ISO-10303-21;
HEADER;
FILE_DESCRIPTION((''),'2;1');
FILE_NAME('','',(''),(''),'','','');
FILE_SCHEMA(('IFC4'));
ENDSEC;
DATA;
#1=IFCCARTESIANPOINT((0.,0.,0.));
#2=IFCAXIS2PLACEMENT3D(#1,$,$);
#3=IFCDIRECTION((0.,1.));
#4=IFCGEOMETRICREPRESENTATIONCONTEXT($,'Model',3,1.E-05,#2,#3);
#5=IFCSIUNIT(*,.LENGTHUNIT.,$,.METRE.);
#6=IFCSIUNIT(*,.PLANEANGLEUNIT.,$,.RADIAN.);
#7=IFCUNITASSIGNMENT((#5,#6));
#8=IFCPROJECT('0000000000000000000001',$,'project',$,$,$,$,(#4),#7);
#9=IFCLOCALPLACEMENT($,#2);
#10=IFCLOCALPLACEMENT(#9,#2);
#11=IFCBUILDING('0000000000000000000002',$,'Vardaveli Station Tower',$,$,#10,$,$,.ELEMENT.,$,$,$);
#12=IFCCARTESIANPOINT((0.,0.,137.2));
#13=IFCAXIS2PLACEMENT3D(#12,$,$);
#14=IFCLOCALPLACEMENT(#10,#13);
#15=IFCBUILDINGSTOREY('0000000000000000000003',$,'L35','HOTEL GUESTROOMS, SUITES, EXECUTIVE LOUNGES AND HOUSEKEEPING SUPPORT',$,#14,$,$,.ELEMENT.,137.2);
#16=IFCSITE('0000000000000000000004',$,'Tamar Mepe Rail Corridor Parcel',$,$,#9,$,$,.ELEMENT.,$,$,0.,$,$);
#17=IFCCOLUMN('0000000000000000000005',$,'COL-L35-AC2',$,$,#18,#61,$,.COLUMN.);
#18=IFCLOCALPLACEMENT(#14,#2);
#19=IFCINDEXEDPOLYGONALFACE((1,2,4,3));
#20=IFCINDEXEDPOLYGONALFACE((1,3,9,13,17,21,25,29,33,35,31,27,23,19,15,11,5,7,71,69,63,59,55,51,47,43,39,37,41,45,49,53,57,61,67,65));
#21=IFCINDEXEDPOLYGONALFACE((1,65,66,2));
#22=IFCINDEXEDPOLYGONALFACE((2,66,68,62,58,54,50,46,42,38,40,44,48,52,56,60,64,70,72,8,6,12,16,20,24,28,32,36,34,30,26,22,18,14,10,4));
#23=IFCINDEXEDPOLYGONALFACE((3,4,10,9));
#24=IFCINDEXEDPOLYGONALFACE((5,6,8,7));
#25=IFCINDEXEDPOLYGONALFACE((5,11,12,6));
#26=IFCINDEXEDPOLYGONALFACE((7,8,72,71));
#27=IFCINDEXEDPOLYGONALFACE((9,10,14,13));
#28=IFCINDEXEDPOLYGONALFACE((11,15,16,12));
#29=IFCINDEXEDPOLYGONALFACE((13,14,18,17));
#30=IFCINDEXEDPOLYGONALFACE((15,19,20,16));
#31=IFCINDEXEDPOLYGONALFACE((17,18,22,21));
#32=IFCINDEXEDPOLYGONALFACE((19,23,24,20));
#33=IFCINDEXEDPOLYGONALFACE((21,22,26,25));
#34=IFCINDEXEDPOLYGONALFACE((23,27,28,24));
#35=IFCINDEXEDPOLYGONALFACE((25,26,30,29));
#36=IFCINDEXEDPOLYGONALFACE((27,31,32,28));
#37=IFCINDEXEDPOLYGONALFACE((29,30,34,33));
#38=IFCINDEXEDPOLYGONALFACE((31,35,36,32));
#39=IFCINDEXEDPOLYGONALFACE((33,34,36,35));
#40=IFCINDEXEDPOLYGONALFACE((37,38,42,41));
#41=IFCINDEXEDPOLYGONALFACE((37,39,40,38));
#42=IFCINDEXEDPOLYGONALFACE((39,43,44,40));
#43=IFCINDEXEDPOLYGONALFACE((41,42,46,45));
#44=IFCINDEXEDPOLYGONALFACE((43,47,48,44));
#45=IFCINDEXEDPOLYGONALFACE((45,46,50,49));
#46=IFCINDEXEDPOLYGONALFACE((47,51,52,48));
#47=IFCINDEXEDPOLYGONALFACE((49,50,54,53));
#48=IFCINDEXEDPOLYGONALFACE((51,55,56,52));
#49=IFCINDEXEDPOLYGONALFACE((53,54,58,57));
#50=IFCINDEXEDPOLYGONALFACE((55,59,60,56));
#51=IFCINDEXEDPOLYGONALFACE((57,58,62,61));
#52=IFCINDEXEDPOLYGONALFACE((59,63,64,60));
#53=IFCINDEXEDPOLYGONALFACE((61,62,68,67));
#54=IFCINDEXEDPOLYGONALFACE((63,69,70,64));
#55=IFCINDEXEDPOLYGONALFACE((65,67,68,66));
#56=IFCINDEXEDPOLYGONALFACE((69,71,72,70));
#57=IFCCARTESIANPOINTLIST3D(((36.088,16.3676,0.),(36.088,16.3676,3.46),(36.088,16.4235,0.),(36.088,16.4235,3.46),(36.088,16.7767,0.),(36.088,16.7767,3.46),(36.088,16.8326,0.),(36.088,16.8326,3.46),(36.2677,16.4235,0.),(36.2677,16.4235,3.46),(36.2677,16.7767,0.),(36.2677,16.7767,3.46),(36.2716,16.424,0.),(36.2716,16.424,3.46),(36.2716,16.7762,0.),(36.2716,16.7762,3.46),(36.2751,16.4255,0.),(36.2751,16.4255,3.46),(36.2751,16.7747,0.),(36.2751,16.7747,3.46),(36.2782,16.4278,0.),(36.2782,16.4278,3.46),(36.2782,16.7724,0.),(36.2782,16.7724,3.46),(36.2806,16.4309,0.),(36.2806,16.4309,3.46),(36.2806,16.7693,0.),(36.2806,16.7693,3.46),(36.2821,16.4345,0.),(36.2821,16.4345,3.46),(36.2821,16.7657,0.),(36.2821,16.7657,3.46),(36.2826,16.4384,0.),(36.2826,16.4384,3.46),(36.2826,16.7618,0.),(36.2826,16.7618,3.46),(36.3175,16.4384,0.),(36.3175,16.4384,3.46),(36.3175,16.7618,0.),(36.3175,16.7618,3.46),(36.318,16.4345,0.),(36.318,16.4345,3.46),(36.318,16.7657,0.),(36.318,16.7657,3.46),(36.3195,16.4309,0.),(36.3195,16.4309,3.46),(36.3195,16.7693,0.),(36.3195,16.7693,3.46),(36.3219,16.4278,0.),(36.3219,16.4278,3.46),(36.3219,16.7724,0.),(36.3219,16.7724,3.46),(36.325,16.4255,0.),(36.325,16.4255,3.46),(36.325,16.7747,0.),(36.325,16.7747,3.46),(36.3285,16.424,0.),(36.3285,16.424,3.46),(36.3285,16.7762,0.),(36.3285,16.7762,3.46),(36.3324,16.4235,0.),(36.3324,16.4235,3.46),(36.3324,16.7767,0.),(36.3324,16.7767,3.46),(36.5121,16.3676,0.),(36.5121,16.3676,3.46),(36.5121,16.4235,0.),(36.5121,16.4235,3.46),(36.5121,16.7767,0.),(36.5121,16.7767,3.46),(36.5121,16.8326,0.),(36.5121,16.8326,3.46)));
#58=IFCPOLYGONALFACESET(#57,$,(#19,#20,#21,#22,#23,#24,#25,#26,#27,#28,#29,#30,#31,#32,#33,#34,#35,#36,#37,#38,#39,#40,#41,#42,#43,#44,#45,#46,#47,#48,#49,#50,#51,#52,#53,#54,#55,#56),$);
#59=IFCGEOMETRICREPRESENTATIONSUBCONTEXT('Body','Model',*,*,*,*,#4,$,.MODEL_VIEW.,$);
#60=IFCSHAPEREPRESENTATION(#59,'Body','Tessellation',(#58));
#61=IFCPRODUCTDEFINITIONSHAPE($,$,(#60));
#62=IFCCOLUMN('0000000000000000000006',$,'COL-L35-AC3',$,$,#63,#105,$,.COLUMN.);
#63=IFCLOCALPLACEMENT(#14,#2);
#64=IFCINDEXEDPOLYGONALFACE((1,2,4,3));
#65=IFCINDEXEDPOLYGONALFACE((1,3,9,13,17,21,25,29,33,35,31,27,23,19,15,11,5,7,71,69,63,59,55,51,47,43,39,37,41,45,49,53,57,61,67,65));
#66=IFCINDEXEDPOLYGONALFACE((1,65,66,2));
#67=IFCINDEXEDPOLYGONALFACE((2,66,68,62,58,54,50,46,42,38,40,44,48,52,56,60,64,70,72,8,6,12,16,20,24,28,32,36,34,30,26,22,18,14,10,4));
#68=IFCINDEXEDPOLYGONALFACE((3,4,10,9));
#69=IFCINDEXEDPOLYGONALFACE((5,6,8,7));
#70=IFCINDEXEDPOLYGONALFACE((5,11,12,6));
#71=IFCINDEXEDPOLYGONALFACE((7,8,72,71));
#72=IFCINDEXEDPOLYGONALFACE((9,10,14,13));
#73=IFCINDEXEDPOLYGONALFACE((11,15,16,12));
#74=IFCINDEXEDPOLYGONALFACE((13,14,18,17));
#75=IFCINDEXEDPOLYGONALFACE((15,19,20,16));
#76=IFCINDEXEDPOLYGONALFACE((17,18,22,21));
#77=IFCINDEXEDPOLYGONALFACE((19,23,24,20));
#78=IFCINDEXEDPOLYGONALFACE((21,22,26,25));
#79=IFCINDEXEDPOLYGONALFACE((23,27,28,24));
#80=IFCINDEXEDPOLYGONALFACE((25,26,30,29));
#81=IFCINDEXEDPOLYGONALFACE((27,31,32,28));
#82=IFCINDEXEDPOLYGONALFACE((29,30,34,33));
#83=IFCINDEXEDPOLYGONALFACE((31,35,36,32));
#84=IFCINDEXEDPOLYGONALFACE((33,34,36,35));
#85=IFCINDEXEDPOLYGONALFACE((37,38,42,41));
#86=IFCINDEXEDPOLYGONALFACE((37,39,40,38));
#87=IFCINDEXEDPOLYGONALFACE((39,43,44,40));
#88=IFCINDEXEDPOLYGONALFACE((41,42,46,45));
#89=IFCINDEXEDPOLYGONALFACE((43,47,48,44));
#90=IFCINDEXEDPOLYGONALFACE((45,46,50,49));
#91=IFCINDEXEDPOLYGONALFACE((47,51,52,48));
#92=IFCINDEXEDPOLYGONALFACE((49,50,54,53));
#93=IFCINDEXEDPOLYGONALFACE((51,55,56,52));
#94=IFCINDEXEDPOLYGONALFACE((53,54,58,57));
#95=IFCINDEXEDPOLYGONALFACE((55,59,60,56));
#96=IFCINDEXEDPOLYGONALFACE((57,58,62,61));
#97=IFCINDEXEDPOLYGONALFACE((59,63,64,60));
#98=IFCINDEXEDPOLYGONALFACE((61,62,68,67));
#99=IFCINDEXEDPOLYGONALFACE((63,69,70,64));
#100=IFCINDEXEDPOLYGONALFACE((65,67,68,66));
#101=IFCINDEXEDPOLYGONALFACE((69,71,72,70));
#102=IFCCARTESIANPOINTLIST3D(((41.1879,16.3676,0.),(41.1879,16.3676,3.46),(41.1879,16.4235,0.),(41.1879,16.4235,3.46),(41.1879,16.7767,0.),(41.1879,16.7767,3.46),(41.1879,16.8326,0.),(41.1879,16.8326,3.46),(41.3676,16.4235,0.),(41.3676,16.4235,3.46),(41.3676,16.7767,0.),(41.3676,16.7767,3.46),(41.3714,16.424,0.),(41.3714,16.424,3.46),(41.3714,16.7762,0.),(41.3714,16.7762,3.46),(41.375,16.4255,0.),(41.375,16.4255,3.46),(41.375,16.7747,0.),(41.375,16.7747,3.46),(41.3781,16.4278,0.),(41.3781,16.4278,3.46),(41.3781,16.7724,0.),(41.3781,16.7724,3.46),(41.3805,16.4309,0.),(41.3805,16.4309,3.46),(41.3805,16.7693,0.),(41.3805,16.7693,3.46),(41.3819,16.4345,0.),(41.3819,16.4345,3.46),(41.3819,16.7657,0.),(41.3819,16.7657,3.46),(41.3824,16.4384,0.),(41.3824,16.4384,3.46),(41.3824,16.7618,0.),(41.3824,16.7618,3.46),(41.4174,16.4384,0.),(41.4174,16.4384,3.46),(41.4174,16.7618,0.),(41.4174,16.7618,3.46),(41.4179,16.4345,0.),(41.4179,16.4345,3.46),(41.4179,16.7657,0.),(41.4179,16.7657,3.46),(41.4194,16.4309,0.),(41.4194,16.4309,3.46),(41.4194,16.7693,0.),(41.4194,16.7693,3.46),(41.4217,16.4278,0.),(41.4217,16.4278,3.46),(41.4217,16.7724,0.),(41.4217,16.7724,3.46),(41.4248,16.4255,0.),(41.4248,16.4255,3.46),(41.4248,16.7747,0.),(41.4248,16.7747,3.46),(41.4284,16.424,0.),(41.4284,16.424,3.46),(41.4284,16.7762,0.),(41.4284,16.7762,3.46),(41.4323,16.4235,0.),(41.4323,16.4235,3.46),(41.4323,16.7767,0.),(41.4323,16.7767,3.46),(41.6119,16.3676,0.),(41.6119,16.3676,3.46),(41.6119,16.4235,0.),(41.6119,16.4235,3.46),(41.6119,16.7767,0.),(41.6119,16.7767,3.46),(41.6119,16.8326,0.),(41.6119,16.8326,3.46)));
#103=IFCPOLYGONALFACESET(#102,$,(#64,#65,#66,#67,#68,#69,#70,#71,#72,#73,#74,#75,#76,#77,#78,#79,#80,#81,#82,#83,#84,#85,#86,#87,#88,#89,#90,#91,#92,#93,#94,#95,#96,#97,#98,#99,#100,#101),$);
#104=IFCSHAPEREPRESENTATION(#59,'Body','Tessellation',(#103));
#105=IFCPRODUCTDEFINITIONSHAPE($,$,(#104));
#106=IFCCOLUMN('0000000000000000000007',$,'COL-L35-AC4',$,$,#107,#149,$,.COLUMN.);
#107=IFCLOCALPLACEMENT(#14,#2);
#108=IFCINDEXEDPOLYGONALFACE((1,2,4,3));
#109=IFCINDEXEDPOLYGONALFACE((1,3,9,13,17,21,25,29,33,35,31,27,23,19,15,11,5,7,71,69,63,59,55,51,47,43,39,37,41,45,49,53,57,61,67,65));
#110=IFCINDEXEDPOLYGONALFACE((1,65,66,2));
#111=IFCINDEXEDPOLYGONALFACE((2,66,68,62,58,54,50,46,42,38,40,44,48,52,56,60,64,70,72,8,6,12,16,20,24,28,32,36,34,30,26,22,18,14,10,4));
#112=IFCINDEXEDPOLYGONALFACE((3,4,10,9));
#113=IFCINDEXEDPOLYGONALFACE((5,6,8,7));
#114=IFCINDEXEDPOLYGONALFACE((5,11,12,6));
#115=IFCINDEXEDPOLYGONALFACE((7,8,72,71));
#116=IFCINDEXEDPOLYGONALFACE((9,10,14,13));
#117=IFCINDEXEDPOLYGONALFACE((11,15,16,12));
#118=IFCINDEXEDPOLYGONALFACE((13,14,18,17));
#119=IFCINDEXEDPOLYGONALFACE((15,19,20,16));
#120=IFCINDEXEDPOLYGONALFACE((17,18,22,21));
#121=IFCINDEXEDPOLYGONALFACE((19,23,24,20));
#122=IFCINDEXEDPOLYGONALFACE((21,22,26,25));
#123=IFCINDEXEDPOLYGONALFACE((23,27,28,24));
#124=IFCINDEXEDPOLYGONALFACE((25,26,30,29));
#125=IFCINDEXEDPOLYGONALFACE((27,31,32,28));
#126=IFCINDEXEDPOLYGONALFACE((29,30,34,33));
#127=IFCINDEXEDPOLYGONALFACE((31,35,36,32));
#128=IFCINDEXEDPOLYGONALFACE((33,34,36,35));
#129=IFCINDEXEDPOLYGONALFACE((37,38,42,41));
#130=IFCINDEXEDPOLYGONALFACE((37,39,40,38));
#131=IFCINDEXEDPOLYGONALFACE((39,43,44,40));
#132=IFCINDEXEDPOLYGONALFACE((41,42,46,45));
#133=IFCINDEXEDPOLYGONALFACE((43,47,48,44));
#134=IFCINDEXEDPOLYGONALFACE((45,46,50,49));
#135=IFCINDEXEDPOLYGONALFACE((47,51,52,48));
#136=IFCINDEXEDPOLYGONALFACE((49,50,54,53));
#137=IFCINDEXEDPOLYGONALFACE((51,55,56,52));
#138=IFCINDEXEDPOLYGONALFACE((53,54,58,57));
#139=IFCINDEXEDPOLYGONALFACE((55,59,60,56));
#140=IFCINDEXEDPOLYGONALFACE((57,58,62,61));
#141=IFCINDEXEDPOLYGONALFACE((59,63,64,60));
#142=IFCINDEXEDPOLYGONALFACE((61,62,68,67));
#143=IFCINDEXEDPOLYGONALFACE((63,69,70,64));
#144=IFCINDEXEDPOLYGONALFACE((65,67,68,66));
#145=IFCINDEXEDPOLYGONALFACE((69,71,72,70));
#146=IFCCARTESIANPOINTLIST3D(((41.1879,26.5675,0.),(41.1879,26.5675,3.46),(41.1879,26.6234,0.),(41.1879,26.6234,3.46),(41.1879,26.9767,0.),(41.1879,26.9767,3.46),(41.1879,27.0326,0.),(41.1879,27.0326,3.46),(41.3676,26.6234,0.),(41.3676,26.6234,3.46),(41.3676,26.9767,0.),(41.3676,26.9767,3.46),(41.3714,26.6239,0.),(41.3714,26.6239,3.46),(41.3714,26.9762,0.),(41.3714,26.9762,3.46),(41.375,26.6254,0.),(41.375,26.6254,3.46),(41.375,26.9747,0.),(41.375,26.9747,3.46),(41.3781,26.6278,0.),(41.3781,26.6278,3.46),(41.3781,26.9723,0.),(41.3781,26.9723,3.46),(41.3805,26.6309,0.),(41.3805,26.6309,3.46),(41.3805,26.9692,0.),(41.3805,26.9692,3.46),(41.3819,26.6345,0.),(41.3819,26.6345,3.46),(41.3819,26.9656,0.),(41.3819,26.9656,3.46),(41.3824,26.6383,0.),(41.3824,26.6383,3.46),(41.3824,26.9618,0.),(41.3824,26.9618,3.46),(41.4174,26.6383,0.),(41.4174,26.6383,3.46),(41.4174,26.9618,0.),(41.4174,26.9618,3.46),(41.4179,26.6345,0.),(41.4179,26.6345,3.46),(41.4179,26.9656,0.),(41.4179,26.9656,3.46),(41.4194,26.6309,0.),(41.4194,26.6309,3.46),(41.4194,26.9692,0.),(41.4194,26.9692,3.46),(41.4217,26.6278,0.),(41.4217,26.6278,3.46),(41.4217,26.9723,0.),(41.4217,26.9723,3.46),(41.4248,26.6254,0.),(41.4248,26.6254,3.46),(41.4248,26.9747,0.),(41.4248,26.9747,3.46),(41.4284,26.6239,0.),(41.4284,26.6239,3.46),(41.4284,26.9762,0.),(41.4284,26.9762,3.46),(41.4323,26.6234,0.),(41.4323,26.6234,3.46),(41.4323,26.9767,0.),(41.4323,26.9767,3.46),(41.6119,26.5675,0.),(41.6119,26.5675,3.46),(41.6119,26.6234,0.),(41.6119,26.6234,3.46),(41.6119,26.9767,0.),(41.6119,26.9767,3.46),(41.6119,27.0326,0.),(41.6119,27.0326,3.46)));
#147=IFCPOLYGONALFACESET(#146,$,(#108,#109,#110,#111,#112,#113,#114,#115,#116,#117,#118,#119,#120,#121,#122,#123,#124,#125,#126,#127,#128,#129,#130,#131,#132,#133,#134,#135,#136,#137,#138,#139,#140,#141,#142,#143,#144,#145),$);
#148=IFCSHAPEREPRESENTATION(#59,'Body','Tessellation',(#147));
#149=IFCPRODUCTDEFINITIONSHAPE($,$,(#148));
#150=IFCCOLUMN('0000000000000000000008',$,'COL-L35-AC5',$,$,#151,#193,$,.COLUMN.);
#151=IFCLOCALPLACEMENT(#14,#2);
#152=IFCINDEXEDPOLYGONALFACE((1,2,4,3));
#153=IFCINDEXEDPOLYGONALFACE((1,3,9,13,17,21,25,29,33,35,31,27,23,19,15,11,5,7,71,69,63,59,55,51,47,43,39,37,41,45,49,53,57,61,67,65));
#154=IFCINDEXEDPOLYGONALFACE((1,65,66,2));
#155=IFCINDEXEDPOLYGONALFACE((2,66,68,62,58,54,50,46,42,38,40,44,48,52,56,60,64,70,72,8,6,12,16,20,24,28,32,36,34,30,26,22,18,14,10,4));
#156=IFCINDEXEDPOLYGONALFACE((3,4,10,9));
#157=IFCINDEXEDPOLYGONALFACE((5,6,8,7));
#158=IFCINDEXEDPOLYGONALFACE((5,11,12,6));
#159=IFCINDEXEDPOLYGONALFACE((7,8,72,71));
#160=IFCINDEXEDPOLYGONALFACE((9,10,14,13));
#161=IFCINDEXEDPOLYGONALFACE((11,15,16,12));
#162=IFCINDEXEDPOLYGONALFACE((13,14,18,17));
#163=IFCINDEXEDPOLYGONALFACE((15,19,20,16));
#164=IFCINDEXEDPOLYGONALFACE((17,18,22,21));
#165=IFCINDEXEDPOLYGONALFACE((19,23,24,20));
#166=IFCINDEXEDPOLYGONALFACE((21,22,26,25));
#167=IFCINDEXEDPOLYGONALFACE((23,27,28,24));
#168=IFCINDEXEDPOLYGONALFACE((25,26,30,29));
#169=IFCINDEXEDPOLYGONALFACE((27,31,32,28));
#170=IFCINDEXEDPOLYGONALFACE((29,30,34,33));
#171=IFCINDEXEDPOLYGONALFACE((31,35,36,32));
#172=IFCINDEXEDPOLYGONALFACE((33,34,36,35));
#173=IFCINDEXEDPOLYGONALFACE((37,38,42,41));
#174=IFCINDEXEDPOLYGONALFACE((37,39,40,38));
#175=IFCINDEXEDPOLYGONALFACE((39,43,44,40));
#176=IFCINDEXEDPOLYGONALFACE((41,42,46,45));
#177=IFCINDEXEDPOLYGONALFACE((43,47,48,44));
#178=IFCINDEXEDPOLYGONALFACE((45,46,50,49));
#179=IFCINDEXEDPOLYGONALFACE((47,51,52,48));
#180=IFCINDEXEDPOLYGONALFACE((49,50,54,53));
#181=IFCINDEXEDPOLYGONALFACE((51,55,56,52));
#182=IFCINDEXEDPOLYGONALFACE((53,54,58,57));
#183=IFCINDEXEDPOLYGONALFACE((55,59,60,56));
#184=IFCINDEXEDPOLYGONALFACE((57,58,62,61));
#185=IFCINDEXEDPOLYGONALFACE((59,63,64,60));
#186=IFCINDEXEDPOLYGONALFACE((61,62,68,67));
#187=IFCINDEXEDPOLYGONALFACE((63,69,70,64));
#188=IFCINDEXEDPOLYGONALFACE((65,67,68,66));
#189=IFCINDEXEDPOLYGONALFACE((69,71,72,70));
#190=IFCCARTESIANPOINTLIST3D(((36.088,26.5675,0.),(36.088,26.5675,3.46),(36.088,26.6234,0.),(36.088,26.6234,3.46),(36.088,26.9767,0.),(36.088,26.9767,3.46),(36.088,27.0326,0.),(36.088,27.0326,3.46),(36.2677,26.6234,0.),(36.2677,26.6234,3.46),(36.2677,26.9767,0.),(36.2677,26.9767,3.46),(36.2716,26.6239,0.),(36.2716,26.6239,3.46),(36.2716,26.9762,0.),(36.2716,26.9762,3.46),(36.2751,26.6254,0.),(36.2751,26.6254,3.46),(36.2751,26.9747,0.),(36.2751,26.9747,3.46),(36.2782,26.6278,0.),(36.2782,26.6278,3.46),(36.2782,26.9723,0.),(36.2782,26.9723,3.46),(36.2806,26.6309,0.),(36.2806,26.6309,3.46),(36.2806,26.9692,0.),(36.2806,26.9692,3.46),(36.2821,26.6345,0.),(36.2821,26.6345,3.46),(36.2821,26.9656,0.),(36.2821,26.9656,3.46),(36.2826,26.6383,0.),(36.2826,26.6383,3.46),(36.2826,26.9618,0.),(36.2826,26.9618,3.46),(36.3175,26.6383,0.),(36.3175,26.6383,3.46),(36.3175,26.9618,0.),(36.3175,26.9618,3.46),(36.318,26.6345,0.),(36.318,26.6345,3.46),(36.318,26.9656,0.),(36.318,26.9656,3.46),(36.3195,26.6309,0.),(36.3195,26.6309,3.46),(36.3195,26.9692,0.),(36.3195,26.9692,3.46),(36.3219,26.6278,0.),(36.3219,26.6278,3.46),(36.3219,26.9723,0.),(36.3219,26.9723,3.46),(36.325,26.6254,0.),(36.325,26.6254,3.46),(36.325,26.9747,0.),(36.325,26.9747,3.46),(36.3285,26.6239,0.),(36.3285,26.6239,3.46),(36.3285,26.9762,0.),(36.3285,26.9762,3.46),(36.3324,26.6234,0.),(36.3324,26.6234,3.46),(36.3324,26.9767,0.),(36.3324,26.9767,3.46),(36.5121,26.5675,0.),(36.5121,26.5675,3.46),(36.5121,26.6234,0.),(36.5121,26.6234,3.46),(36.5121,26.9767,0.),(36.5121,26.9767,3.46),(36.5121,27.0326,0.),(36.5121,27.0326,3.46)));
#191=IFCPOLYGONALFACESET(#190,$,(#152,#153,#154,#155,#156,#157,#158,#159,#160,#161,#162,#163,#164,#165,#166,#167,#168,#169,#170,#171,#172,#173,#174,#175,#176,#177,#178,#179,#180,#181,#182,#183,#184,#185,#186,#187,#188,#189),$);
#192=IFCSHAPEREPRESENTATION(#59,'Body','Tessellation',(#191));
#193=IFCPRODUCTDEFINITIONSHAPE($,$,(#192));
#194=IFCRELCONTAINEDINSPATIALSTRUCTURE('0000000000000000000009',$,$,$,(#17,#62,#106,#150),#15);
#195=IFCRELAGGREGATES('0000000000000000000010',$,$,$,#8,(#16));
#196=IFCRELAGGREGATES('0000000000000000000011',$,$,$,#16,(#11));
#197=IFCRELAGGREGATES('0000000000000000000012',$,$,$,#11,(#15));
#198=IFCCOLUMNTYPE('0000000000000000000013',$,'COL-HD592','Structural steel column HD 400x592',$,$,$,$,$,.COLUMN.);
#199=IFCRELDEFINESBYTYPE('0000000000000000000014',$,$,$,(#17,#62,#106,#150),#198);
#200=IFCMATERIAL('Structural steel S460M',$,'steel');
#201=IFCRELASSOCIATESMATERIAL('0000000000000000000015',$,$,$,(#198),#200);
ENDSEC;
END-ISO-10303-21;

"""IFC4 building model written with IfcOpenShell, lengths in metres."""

from ifc_helpers import new_model, si_unit, direction, frame, origin, origin_2d, place, context, subcontext, project, spatial, i_section, extrude, source, transform, mapped, material, material_profile, profile_set, type_object, element, save


model = new_model("IFC4")

# Units and contexts
model_context = context("Model", 3, precision=1e-05, world=origin(), true_north=direction((0.0, 1.0)))
body_context = subcontext(model_context, "Body", "Model", "MODEL_VIEW")
ifc_project = project(units=[si_unit("LENGTHUNIT", "METRE"), si_unit("PLANEANGLEUNIT", "RADIAN")], contexts=[model_context])

# Site, building, storey
site_placement = place(None, origin())
site = spatial("IfcSite", under=ifc_project, at=site_placement, Name="Tamar Mepe Rail Corridor Parcel", CompositionType="ELEMENT", RefElevation=0.0)
building_placement = place(site_placement, origin())
building = spatial("IfcBuilding", under=site, at=building_placement, Name="Vardaveli Station Tower", CompositionType="ELEMENT")
storey_placement = place(building_placement, frame((0.0, 0.0, 137.2)))
storey = spatial("IfcBuildingStorey", under=building, at=storey_placement, Name="L35", Description="HOTEL GUESTROOMS, SUITES, EXECUTIVE LOUNGES AND HOUSEKEEPING SUPPORT", CompositionType="ELEMENT", Elevation=137.2)

# Columns
ifc_material_1 = material(Name="Structural steel S460M", Category="steel")
ifc_material_profile_1 = material_profile(ifc_material_1, i_section(OverallWidth=0.4241, OverallDepth=0.4651, WebThickness=0.0349, FlangeThickness=0.0559, FilletRadius=0.0149, at=origin_2d()), Name="HD 400x592")
ifc_profile_set_1 = profile_set([ifc_material_profile_1], Name="Structural steel S460M")
column_type = type_object("IfcColumnType", Name="COL-HD592", Description="Structural steel column HD 400x592", PredefinedType="COLUMN", material=ifc_profile_set_1)
shared_shape_1 = source(origin(), body_context, "Body", "SweptSolid", [
    extrude(i_section(OverallWidth=0.4241, OverallDepth=0.4651, WebThickness=0.0349, FlangeThickness=0.0559, FilletRadius=0.0149, at=origin_2d()), origin(), (0.0, 0.0, 1.0), 3.46),
])
for number, where, z_axis, x_axis, name in (
    (1, (36.3, 16.6001, 0.0), (0.0, 0.0, 1.0), (1.0, 0.0, 0.0), "COL-L35-AC2"),
    (2, (41.3999, 16.6001, 0.0), (0.0, 0.0, 1.0), (1.0, 0.0, 0.0), "COL-L35-AC3"),
    (3, (41.3999, 26.8, 0.0), (0.0, 0.0, 1.0), (1.0, 0.0, 0.0), "COL-L35-AC4"),
    (4, (36.3, 26.8, 0.0), (0.0, 0.0, 1.0), (1.0, 0.0, 0.0), "COL-L35-AC5"),
):
    element("IfcColumn", number, at=place(storey_placement, frame(where, z_axis=z_axis, x_axis=x_axis)), inside=storey, type_object=column_type, Name=name, PredefinedType="COLUMN", context=body_context, shape_type="MappedRepresentation", body=[
        mapped(shared_shape_1, transform((0.0, 0.0, 0.0), scale=1.0)),
    ])

save(model, "model.ifc")
